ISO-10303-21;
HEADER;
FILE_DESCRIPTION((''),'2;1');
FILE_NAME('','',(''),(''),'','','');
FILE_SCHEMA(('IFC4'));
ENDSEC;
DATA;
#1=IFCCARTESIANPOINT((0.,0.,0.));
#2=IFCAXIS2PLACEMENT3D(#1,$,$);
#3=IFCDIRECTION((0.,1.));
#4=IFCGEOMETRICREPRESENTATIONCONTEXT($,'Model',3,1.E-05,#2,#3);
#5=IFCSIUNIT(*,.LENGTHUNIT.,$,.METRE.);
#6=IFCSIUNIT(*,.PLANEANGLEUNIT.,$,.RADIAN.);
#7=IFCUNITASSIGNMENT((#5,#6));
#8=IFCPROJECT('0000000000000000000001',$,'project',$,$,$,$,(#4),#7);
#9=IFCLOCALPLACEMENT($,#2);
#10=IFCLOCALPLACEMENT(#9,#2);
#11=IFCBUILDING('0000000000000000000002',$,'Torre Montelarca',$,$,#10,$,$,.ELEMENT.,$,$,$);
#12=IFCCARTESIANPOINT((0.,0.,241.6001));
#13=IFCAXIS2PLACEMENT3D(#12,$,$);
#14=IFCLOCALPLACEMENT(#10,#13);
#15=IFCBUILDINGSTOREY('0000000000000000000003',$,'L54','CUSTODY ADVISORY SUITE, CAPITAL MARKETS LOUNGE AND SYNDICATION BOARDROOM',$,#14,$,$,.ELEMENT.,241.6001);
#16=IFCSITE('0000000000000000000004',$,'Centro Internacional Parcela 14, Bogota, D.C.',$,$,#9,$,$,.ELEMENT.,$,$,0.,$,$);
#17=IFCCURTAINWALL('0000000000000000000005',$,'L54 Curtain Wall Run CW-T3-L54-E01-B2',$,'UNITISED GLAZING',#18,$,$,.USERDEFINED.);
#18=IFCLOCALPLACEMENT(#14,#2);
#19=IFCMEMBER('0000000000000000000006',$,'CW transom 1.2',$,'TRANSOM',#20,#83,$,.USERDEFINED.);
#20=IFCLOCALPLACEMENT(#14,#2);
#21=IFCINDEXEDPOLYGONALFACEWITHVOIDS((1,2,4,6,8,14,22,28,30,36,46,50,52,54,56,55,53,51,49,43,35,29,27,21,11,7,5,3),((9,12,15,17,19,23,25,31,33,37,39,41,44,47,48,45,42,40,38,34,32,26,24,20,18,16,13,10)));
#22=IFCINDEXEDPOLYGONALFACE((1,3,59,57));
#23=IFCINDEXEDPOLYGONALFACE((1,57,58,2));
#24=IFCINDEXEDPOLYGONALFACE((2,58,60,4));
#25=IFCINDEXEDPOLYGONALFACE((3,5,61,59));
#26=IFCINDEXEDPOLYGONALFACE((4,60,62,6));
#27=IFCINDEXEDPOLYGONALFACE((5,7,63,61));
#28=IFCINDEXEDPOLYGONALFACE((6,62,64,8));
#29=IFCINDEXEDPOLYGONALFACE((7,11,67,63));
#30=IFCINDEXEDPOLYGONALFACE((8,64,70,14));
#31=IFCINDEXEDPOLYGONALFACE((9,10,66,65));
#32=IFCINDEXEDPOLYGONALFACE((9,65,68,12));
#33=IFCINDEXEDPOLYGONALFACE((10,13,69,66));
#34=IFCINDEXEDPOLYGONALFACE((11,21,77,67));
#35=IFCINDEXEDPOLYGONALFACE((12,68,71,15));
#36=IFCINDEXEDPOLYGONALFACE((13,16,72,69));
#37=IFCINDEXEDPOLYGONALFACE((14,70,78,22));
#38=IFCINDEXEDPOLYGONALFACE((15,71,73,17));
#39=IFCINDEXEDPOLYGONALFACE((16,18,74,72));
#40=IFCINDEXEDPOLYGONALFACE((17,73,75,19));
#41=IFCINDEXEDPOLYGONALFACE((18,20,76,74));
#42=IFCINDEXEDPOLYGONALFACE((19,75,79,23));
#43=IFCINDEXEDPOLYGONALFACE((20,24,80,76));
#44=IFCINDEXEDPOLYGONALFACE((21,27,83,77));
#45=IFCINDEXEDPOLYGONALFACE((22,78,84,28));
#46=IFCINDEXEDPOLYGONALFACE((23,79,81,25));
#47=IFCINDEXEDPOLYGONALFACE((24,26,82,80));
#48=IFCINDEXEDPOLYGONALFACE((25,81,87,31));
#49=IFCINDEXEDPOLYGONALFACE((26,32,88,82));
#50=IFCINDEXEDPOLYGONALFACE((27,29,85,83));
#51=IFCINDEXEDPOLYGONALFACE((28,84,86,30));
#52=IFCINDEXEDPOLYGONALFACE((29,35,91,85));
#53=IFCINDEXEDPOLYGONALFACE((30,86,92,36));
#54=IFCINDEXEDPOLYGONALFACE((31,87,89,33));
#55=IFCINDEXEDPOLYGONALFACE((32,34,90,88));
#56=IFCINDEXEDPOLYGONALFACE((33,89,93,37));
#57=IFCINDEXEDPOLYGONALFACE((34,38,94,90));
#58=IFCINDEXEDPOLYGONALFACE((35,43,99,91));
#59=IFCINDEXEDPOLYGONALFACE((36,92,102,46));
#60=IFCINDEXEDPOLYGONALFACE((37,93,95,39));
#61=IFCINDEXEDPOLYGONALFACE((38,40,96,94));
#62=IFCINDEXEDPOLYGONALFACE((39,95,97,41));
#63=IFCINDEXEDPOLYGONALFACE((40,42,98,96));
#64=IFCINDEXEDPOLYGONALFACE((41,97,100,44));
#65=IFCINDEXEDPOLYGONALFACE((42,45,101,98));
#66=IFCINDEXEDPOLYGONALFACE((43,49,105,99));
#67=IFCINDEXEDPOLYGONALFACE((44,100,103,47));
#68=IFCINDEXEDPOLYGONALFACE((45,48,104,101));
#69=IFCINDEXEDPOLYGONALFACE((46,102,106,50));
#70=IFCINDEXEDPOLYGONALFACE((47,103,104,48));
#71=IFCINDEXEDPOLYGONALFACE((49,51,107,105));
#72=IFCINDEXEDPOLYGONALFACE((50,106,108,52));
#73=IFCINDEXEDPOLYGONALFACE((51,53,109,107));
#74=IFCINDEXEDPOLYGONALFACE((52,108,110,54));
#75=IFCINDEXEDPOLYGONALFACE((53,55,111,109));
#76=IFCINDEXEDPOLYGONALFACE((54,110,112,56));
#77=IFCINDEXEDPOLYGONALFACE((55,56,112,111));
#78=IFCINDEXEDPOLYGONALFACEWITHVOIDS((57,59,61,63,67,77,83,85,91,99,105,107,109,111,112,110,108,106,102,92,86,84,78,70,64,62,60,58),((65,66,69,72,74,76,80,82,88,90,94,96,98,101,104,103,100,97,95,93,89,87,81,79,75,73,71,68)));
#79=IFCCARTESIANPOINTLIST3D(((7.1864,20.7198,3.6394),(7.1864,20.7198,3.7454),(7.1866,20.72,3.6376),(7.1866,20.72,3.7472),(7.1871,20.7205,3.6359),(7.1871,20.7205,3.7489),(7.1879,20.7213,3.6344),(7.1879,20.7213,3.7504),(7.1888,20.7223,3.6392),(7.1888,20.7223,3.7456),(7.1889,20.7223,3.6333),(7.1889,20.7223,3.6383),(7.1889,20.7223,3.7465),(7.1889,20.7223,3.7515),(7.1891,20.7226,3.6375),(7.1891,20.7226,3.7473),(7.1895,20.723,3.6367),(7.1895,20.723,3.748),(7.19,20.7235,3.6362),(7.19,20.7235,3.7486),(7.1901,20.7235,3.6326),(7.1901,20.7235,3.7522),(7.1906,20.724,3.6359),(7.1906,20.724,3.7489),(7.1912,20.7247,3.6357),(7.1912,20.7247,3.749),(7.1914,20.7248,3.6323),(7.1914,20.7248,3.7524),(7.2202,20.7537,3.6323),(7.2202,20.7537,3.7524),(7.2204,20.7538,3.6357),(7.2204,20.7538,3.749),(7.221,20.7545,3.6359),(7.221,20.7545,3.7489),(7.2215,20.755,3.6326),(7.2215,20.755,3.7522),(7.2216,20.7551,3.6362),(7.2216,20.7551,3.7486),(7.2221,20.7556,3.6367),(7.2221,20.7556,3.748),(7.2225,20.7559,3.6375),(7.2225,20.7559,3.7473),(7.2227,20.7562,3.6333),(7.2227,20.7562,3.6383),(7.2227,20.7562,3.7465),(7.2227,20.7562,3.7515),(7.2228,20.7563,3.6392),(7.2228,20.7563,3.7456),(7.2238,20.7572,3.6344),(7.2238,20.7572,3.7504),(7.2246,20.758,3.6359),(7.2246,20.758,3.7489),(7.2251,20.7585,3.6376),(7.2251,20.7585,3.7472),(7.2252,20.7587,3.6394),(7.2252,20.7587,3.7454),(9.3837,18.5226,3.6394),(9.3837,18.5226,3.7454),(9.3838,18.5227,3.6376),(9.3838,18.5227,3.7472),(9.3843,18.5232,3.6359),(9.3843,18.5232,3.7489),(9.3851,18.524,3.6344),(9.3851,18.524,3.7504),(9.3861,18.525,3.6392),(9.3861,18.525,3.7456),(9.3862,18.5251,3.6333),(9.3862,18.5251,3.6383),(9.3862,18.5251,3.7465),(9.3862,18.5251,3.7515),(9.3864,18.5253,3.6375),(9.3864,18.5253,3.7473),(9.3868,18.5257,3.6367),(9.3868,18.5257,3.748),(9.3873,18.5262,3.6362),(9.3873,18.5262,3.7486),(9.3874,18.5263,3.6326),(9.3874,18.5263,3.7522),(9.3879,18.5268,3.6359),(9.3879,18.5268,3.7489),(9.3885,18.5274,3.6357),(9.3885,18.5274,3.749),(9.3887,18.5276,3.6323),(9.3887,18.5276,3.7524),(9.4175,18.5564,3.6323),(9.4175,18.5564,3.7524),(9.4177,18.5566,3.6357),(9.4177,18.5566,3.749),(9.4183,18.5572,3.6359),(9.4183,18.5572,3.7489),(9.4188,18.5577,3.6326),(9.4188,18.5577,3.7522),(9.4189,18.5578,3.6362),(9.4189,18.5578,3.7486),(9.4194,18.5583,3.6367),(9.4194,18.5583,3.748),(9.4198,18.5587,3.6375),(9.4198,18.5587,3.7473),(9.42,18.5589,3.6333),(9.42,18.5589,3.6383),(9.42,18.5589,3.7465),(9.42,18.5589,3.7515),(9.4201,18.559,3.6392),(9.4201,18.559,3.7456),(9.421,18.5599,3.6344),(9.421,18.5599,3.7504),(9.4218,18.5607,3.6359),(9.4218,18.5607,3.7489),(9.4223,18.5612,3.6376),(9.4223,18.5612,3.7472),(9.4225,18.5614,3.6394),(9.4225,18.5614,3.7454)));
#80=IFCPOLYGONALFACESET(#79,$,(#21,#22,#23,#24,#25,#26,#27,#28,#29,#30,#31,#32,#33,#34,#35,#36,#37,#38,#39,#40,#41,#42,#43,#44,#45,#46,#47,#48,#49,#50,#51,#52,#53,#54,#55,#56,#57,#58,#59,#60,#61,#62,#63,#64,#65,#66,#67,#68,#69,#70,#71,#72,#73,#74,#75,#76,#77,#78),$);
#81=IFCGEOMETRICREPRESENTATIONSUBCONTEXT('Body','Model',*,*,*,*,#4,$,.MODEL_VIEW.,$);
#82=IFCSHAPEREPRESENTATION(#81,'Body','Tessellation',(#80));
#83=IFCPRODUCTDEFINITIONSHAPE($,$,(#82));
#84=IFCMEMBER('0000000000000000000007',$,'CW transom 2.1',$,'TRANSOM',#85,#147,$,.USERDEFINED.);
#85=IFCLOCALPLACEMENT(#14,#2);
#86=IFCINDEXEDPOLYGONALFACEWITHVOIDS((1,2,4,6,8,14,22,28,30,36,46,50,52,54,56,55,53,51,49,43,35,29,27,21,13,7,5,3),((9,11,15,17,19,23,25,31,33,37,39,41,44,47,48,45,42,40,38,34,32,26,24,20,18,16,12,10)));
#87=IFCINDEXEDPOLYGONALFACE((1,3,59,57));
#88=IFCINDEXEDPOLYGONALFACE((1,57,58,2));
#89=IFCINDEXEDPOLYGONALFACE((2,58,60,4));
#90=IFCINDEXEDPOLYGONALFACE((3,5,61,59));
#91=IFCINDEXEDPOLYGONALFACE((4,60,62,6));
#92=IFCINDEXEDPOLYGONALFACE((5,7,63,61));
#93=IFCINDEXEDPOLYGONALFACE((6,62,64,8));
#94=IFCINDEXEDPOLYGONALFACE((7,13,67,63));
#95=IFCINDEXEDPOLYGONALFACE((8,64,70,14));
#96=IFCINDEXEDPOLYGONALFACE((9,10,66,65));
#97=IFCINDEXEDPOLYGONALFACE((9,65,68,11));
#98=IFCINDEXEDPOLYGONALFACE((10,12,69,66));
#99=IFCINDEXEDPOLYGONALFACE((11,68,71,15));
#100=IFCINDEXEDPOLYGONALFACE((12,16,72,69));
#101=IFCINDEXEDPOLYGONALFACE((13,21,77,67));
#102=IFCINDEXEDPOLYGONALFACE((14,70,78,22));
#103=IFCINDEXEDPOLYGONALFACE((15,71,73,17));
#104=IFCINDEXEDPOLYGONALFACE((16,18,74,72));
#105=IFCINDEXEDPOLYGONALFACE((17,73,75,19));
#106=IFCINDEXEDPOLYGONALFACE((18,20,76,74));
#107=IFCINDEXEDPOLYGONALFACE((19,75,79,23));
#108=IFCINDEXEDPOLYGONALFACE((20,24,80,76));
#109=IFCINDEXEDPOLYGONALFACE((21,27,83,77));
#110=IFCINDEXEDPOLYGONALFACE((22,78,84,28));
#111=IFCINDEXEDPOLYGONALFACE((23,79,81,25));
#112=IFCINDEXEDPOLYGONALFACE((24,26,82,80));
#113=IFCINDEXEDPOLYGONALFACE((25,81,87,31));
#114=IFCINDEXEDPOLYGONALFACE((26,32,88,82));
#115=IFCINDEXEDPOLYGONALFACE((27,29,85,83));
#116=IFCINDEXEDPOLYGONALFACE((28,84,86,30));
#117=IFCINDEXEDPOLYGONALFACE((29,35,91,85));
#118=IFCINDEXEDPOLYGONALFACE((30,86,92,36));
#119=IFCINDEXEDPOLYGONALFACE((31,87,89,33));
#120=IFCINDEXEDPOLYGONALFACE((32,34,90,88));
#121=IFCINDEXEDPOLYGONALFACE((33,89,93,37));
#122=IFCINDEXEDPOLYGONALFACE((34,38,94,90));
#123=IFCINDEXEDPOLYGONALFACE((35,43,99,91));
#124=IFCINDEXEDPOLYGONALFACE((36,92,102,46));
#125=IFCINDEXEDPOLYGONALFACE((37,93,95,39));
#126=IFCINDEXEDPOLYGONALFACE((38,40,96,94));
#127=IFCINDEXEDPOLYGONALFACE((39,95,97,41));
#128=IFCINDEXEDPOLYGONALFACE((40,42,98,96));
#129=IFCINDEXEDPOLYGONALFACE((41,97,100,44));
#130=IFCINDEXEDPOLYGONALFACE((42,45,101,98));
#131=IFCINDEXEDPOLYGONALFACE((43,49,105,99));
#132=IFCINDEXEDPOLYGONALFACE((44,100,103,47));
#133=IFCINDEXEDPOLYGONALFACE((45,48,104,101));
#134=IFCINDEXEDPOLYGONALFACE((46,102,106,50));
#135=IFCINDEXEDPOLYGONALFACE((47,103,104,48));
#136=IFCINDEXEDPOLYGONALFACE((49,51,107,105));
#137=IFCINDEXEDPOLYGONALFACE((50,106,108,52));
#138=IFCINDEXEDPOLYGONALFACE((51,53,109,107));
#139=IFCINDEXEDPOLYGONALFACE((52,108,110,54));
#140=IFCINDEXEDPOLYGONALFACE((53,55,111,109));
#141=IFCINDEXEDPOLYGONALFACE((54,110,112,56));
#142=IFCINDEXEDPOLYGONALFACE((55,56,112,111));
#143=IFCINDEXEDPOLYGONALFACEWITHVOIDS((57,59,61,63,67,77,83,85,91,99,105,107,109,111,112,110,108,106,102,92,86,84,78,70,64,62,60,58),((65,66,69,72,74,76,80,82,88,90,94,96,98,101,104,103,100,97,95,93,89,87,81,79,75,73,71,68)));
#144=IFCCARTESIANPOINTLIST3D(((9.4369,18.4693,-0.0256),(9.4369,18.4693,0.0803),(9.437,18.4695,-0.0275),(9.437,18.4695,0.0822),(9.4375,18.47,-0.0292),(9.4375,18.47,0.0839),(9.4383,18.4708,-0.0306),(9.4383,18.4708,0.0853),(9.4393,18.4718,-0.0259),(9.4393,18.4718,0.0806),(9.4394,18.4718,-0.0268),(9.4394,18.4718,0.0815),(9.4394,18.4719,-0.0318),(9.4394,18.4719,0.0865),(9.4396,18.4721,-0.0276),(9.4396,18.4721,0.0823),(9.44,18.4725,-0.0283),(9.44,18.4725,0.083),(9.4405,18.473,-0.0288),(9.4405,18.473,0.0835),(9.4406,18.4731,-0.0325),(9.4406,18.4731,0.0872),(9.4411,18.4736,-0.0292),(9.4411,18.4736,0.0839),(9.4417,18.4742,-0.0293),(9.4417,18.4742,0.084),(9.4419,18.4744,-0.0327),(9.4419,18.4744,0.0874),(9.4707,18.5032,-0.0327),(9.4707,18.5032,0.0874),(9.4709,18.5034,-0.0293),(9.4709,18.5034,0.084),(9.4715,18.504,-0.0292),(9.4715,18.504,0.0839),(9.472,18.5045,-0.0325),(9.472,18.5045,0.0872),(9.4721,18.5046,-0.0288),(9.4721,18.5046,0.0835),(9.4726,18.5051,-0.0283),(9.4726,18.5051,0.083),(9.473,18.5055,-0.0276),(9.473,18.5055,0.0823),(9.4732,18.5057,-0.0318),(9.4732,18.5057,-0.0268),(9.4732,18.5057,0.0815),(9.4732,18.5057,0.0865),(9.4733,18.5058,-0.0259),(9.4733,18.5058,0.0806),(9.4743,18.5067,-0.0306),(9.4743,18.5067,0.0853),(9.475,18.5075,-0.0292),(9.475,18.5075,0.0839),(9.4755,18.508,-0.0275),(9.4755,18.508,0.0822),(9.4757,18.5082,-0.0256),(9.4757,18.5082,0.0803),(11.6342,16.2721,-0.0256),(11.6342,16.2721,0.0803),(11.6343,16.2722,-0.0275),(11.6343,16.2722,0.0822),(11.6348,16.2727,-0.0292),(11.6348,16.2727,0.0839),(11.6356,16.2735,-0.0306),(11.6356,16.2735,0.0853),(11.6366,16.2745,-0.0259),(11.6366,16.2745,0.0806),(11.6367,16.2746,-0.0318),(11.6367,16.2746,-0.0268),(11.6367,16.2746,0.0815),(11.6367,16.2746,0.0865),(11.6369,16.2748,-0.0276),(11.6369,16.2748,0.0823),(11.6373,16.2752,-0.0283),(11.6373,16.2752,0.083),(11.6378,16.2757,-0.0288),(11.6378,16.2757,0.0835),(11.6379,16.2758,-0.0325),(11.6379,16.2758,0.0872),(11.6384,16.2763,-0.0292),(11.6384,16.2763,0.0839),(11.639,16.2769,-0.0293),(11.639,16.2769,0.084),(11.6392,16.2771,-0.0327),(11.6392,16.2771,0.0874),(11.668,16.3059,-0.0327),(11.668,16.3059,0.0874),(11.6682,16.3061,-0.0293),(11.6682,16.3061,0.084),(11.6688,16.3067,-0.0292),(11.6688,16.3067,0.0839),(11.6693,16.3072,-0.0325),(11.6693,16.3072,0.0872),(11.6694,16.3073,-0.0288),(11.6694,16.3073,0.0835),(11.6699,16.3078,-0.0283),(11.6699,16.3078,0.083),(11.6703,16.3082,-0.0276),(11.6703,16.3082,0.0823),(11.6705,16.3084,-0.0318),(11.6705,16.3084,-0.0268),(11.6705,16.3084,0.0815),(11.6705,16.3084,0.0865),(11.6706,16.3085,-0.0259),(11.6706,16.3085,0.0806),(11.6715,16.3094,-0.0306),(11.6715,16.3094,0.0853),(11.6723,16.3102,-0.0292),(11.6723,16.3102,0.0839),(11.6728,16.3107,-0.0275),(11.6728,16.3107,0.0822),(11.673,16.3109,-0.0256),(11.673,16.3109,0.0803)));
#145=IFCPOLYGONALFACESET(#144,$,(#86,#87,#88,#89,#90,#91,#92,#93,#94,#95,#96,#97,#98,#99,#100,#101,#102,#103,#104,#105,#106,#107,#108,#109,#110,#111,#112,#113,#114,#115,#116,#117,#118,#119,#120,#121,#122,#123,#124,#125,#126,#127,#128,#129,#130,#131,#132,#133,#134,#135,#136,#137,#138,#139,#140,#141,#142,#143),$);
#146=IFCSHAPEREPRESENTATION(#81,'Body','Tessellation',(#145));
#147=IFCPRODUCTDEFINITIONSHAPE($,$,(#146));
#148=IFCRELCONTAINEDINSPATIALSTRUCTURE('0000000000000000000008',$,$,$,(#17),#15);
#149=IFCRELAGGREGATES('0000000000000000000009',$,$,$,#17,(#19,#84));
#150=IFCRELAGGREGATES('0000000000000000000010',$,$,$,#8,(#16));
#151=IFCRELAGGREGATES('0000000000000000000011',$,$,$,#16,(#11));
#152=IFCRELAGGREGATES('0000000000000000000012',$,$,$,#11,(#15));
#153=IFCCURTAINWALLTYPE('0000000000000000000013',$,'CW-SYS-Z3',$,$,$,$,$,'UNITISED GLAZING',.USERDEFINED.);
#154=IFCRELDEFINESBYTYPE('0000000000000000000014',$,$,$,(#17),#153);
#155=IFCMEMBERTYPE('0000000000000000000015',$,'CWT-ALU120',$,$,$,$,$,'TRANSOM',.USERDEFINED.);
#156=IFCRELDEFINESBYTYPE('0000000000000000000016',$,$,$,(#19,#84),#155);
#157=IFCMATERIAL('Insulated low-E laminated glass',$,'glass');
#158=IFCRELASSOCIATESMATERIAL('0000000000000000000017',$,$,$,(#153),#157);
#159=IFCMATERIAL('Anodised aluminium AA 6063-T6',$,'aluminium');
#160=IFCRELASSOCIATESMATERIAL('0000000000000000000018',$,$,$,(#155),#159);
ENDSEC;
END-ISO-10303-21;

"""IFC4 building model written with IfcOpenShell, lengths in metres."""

from ifc_helpers import new_model, si_unit, direction, frame, origin, origin_2d, place, context, subcontext, project, spatial, hollow_rectangle, extrude, source, transform, mapped, material, material_profile, profile_set, type_object, element, aggregate, save


model = new_model("IFC4")

# Units and contexts
model_context = context("Model", 3, precision=1e-05, world=origin(), true_north=direction((0.0, 1.0)))
body_context = subcontext(model_context, "Body", "Model", "MODEL_VIEW")
ifc_project = project(units=[si_unit("LENGTHUNIT", "METRE"), si_unit("PLANEANGLEUNIT", "RADIAN")], contexts=[model_context])

# Site, building, storey
site_placement = place(None, origin())
site = spatial("IfcSite", under=ifc_project, at=site_placement, Name="Centro Internacional Parcela 14, Bogota, D.C.", CompositionType="ELEMENT", RefElevation=0.0)
building_placement = place(site_placement, origin())
building = spatial("IfcBuilding", under=site, at=building_placement, Name="Torre Montelarca", CompositionType="ELEMENT")
storey_placement = place(building_placement, frame((0.0, 0.0, 241.6001)))
storey = spatial("IfcBuildingStorey", under=building, at=storey_placement, Name="L54", Description="CUSTODY ADVISORY SUITE, CAPITAL MARKETS LOUNGE AND SYNDICATION BOARDROOM", CompositionType="ELEMENT", Elevation=241.6001)

# Curtain wall
ifc_material_1 = material(Name="Insulated low-E laminated glass", Category="glass")
curtain_wall_type = type_object("IfcCurtainWallType", Name="CW-SYS-Z3", ElementType="UNITISED GLAZING", PredefinedType="USERDEFINED", material=ifc_material_1)
ifc_material_2 = material(Name="Anodised aluminium AA 6063-T6", Category="aluminium")
ifc_material_profile_1 = material_profile(ifc_material_2, hollow_rectangle(XDim=0.0549, YDim=0.1201, WallThickness=0.0034, InnerFilletRadius=0.0034, OuterFilletRadius=0.0071, at=origin_2d()), Name="ALU55X120X3.5", Category="aluminium")
ifc_profile_set_1 = profile_set([ifc_material_profile_1], Name="Anodised aluminium AA 6063-T6")
member_type_1 = type_object("IfcMemberType", Name="CWT-ALU120", ElementType="TRANSOM", PredefinedType="USERDEFINED", material=ifc_profile_set_1)
curtain_wall_1_placement = place(storey_placement, origin())
curtain_wall_1 = element("IfcCurtainWall", 1, at=curtain_wall_1_placement, inside=storey, type_object=curtain_wall_type, Name="L54 Curtain Wall Run CW-T3-L54-E01-B2", ObjectType="UNITISED GLAZING", PredefinedType="USERDEFINED")

# Members
shared_shape_1 = source(origin(), body_context, "Body", "SweptSolid", [
    extrude(hollow_rectangle(XDim=0.0549, YDim=0.1201, WallThickness=0.0034, InnerFilletRadius=0.0034, OuterFilletRadius=0.0071, at=origin_2d()), origin(), (0.0, 0.0, 1.0), 3.1074),
])
member_1_placement = place(storey_placement, frame((7.2058, 20.7393, 3.6924), z_axis=(0.707107, -0.707107, 0.0), x_axis=(0.707107, 0.707107, 0.0)))
member_1 = element("IfcMember", 2, at=member_1_placement, type_object=member_type_1, Name="CW transom 1.2", ObjectType="TRANSOM", PredefinedType="USERDEFINED", context=body_context, shape_type="MappedRepresentation", body=[
    mapped(shared_shape_1, transform((0.0, 0.0, 0.0), scale=1.0)),
])
member_2_placement = place(storey_placement, frame((9.4563, 18.4888, 0.0273), z_axis=(0.707107, -0.707107, 0.0), x_axis=(0.707107, 0.707107, 0.0)))
member_2 = element("IfcMember", 3, at=member_2_placement, type_object=member_type_1, Name="CW transom 2.1", ObjectType="TRANSOM", PredefinedType="USERDEFINED", context=body_context, shape_type="MappedRepresentation", body=[
    mapped(shared_shape_1, transform((0.0, 0.0, 0.0), scale=1.0)),
])

aggregate(curtain_wall_1, [member_1, member_2])

save(model, "model.ifc")
